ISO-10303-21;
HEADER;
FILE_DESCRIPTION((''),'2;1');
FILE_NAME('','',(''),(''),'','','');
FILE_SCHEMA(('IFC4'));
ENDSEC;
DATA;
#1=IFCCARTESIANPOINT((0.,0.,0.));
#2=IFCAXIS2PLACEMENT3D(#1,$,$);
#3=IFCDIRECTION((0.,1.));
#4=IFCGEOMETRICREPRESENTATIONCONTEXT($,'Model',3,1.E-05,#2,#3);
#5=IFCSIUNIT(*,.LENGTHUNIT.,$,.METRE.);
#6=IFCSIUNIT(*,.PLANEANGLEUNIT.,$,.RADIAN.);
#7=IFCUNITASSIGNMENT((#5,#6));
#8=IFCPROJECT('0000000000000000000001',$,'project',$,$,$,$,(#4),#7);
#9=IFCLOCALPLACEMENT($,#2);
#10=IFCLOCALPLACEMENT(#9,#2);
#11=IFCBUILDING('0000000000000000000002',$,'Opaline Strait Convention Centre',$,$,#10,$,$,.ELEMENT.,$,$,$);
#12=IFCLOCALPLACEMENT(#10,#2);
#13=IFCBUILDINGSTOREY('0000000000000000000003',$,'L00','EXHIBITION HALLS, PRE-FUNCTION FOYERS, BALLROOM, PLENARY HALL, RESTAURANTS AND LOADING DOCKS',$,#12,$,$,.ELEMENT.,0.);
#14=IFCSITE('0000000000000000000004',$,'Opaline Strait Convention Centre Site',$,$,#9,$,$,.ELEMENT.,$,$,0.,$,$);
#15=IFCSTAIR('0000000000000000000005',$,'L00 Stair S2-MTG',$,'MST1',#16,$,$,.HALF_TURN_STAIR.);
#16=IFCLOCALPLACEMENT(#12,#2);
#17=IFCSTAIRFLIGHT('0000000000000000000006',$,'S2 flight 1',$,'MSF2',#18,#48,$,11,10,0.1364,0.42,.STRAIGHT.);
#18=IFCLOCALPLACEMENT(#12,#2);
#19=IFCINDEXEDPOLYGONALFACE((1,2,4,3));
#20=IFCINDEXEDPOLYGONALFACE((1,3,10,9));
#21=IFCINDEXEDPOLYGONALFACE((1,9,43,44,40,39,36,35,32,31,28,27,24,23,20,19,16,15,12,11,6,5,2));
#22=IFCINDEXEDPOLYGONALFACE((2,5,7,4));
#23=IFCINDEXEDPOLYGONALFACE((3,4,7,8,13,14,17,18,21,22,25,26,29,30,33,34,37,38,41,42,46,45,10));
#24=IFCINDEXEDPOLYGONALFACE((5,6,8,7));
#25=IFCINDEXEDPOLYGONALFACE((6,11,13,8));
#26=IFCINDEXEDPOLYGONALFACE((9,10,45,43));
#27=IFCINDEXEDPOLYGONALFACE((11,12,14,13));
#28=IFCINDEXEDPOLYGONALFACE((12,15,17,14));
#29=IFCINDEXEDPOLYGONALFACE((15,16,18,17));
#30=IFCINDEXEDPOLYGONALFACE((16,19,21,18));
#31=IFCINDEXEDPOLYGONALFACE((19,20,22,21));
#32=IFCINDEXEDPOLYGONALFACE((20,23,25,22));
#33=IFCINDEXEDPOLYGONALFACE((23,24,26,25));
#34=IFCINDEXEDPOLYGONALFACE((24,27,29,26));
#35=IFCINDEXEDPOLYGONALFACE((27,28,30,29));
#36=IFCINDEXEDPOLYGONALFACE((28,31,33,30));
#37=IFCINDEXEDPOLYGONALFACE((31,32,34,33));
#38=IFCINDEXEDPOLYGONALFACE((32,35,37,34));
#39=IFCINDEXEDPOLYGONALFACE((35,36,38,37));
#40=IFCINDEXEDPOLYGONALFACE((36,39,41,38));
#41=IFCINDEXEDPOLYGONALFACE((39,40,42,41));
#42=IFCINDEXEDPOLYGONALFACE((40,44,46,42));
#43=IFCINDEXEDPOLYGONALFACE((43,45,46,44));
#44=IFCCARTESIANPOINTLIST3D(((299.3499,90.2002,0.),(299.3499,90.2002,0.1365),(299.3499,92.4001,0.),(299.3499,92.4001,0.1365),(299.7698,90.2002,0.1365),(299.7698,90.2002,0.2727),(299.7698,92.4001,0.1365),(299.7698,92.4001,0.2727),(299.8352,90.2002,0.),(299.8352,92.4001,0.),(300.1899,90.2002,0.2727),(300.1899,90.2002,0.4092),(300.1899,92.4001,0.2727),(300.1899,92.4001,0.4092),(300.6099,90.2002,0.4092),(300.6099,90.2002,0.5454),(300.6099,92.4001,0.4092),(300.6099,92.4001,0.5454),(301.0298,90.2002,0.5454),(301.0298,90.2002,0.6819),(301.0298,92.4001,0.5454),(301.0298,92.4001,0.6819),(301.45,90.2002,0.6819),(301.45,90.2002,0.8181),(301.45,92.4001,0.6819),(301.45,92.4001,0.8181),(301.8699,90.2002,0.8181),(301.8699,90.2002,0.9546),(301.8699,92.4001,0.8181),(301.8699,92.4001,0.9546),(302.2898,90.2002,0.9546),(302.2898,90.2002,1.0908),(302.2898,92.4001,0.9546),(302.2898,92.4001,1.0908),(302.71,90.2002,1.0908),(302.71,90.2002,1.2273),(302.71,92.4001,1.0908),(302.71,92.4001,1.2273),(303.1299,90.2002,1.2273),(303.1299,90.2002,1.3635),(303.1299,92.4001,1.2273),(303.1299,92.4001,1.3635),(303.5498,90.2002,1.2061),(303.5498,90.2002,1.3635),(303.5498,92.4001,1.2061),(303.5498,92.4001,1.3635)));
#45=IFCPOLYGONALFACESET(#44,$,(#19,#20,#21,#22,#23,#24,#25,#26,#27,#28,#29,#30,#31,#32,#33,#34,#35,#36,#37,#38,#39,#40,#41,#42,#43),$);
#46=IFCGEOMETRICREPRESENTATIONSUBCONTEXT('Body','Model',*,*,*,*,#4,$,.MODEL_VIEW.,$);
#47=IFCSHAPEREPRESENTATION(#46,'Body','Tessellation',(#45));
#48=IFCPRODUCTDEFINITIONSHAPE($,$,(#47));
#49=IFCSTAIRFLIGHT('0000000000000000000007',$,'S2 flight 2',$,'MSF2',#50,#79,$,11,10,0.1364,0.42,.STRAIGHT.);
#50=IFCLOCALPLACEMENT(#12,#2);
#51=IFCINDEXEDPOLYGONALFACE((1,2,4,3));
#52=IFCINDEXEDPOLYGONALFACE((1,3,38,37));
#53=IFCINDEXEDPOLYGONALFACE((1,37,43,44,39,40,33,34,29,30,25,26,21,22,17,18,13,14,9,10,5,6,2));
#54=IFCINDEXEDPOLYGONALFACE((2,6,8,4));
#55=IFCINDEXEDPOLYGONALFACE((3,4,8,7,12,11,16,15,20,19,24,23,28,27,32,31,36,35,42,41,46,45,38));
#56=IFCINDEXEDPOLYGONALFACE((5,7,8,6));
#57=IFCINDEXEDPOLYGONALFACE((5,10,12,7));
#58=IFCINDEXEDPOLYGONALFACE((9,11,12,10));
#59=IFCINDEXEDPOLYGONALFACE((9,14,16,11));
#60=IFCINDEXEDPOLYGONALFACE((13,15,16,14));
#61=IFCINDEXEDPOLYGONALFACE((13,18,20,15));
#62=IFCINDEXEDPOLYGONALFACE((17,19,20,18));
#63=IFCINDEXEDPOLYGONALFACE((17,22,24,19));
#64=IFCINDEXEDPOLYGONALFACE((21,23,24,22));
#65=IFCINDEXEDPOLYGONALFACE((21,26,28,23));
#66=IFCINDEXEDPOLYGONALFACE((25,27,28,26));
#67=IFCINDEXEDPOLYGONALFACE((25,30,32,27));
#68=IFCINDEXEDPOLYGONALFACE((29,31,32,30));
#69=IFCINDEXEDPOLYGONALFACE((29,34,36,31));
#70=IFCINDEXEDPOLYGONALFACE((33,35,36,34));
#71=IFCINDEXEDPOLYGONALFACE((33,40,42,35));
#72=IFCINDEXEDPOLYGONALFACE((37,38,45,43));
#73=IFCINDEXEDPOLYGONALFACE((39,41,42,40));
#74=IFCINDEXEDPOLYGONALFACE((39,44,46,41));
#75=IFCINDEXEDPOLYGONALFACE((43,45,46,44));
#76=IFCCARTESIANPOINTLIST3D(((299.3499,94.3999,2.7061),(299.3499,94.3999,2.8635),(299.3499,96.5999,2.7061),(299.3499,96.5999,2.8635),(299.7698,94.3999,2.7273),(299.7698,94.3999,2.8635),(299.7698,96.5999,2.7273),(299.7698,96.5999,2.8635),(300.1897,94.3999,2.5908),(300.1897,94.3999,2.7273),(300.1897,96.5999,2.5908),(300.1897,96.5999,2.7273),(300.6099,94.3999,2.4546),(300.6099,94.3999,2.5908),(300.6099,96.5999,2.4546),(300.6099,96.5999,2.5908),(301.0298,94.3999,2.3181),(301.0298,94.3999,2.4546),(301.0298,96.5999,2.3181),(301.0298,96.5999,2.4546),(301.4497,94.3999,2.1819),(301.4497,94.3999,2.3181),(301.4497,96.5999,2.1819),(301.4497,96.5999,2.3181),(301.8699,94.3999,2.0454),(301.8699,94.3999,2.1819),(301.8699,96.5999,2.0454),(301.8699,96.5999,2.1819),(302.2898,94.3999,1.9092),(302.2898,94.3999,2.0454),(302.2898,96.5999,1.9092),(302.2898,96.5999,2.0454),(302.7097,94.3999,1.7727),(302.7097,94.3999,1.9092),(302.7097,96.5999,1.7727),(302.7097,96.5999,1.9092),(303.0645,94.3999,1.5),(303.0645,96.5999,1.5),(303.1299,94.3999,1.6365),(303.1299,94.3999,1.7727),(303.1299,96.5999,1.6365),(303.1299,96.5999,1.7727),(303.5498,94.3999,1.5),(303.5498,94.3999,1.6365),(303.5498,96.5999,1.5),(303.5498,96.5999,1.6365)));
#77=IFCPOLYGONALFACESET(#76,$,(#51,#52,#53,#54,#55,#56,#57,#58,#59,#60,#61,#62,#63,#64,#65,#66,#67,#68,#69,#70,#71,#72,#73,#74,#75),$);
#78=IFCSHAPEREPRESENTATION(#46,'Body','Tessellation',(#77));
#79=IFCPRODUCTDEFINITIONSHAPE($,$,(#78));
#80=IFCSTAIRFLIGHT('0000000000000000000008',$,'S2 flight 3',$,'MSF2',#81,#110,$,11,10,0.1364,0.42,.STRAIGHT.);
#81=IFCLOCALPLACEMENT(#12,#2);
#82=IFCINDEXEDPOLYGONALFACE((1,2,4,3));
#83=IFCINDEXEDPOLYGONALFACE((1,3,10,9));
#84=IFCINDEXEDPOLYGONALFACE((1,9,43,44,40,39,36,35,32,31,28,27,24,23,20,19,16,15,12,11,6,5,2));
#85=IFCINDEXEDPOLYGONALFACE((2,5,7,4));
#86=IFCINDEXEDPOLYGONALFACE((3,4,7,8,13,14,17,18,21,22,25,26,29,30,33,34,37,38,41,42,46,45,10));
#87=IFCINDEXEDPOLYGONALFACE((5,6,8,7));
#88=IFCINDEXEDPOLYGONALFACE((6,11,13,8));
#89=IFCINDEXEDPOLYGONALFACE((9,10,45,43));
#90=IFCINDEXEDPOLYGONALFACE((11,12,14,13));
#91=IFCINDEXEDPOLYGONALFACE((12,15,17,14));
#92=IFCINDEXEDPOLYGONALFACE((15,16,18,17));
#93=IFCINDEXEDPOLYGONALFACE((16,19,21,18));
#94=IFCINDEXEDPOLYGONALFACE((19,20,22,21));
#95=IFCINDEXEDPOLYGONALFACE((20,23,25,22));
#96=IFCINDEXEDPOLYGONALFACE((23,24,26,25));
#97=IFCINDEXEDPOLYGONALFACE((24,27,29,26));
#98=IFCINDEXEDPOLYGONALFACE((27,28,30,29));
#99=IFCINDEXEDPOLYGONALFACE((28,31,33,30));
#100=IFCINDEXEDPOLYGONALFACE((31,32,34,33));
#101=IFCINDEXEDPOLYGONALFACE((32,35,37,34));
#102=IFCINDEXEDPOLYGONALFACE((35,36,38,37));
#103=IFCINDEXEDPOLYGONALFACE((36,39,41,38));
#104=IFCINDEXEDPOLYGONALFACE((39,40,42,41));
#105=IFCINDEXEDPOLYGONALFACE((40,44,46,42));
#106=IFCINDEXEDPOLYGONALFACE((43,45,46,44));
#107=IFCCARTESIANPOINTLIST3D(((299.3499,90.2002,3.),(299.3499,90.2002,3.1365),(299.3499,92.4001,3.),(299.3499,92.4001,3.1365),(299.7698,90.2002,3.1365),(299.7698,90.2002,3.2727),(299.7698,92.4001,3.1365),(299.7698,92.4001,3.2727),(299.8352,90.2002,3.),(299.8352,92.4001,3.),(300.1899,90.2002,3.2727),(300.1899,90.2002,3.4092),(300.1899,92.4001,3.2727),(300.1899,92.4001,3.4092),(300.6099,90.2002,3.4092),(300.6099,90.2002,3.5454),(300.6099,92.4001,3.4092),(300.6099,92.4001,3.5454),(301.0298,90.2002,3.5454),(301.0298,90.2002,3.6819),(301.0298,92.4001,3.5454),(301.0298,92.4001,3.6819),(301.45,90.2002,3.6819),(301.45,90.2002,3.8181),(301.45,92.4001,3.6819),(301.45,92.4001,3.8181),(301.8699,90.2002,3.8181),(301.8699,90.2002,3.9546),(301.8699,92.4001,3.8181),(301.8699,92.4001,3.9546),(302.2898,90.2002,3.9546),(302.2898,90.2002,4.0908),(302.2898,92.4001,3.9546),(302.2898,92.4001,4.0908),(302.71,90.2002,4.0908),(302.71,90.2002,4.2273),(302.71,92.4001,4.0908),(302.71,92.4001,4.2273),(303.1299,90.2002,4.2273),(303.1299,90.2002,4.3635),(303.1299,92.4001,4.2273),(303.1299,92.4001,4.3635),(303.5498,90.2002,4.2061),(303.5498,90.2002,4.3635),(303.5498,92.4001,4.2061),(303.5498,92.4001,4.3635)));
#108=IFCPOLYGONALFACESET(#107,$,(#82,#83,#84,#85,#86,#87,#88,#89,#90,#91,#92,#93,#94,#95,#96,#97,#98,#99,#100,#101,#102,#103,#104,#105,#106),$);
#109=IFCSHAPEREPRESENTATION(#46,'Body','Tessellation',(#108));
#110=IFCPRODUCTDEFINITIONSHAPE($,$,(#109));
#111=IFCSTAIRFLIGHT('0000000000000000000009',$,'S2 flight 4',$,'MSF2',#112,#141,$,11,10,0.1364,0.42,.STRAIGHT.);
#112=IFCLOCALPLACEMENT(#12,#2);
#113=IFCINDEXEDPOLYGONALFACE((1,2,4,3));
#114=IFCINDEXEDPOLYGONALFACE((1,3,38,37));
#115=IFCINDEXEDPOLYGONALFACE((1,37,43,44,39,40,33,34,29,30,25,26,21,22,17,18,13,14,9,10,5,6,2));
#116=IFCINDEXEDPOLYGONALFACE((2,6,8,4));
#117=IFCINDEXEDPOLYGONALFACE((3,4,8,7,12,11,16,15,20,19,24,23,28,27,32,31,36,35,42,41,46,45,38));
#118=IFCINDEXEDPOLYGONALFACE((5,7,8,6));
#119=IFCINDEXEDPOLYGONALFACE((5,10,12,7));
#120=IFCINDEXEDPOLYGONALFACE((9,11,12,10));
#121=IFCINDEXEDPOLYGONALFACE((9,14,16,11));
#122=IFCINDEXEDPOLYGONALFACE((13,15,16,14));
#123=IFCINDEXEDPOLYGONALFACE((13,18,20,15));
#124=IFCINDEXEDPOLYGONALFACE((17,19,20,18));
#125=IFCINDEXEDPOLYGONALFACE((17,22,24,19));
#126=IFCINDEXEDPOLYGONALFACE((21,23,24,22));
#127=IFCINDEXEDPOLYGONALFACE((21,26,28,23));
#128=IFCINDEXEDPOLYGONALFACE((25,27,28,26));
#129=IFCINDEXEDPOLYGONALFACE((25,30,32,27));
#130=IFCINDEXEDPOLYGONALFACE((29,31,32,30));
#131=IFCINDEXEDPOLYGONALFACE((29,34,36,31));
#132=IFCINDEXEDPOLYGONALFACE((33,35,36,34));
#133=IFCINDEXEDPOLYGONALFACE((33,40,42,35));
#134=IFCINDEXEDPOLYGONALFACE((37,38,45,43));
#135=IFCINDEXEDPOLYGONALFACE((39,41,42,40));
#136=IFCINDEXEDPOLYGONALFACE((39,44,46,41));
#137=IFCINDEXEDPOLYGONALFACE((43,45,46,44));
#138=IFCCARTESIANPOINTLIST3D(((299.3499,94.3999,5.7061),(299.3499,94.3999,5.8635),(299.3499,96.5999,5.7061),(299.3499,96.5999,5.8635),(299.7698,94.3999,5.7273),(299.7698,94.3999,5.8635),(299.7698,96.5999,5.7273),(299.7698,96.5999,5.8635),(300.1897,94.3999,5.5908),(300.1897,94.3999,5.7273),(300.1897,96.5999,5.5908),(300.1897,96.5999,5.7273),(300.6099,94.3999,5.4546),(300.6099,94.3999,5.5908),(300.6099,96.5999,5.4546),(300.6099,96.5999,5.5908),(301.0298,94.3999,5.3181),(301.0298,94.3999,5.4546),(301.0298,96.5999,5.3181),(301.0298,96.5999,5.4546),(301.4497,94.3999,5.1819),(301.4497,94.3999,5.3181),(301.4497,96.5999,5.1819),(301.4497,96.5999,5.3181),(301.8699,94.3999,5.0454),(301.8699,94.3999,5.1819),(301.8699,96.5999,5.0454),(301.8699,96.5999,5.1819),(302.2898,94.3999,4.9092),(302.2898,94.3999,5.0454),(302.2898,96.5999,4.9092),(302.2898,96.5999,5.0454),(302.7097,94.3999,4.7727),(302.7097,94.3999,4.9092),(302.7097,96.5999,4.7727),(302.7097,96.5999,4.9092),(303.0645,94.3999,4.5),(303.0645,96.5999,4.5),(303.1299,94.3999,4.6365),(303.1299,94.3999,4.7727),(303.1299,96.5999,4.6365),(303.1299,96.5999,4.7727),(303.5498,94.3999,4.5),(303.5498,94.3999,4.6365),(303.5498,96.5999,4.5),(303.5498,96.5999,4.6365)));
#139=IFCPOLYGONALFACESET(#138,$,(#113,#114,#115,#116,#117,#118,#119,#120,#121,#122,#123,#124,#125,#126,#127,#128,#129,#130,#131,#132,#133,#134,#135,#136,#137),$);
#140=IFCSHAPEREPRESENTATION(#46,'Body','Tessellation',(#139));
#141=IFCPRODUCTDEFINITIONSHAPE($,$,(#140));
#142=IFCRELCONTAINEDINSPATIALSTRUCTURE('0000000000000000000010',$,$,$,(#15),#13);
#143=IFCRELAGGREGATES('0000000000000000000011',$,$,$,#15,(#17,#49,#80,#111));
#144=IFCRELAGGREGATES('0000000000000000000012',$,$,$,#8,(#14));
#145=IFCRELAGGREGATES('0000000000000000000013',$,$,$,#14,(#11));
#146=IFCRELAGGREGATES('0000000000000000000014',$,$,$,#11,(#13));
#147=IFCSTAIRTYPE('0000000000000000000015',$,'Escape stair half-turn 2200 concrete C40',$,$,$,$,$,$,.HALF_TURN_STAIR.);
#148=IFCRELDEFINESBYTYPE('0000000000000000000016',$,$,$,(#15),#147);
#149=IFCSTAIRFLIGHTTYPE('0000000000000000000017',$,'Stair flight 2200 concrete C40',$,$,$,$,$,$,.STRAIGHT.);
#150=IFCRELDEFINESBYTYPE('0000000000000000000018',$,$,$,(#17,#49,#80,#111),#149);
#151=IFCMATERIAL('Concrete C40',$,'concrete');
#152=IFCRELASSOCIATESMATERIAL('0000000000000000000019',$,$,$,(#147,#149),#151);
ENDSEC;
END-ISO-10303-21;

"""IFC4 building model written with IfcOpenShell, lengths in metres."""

from ifc_helpers import new_model, si_unit, direction, frame, origin, place, context, subcontext, project, spatial, polyline, outline, extrude, material, type_object, element, aggregate, save


model = new_model("IFC4")

# Units and contexts
model_context = context("Model", 3, precision=1e-05, world=origin(), true_north=direction((0.0, 1.0)))
body_context = subcontext(model_context, "Body", "Model", "MODEL_VIEW")
ifc_project = project(units=[si_unit("LENGTHUNIT", "METRE"), si_unit("PLANEANGLEUNIT", "RADIAN")], contexts=[model_context])

# Site, building, storey
site_placement = place(None, origin())
site = spatial("IfcSite", under=ifc_project, at=site_placement, Name="Opaline Strait Convention Centre Site", CompositionType="ELEMENT", RefElevation=0.0)
building_placement = place(site_placement, origin())
building = spatial("IfcBuilding", under=site, at=building_placement, Name="Opaline Strait Convention Centre", CompositionType="ELEMENT")
storey_placement = place(building_placement, origin())
storey = spatial("IfcBuildingStorey", under=building, at=storey_placement, Name="L00", Description="EXHIBITION HALLS, PRE-FUNCTION FOYERS, BALLROOM, PLENARY HALL, RESTAURANTS AND LOADING DOCKS", CompositionType="ELEMENT", Elevation=0.0)

# Shared definitions
ifc_material_1 = material(Name="Concrete C40", Category="concrete")

# Stair, stair flights
stair_type = type_object("IfcStairType", Name="Escape stair half-turn 2200 concrete C40", PredefinedType="HALF_TURN_STAIR", material=ifc_material_1)
stair_placement = place(storey_placement, origin())
stair = element("IfcStair", 1, at=stair_placement, inside=storey, type_object=stair_type, Name="L00 Stair S2-MTG", ObjectType="MST1", PredefinedType="HALF_TURN_STAIR")
stair_flight_type = type_object("IfcStairFlightType", Name="Stair flight 2200 concrete C40", PredefinedType="STRAIGHT", material=ifc_material_1)
stair_flight_1_placement = place(storey_placement, frame((299.3499, 91.3, 0.0), z_axis=(0.0, 0.0, 1.0), x_axis=(1.0, 0.0, 0.0)))
stair_flight_1 = element("IfcStairFlight", 2, at=stair_flight_1_placement, type_object=stair_flight_type, Name="S2 flight 1", ObjectType="MSF2", NumberOfRisers=11, NumberOfTreads=10, PredefinedType="STRAIGHT", RiserHeight=0.1364, TreadLength=0.42, context=body_context, shape_type="SweptSolid", body=[
    extrude(outline(polyline([(0.0, 0.0), (0.0, 0.1365), (0.4199, 0.1365), (0.4199, 0.2727), (0.8401, 0.2727), (0.8401, 0.4092), (1.26, 0.4092), (1.26, 0.5454), (1.6799, 0.5454), (1.6799, 0.6819), (2.1001, 0.6819), (2.1001, 0.8181), (2.52, 0.8181), (2.52, 0.9546), (2.9399, 0.9546), (2.9399, 1.0908), (3.3601, 1.0908), (3.3601, 1.2273), (3.78, 1.2273), (3.78, 1.3635), (4.2, 1.3635), (4.2, 1.5), (4.2, 1.2061), (0.4854, 0.0), (0.0, 0.0)])), frame((0.0, 1.1001, 0.0), z_axis=(0.0, -1.0, 0.0), x_axis=(1.0, 0.0, 0.0)), (0.0, 0.0, 1.0), 2.2),
])
stair_flight_2_placement = place(storey_placement, frame((303.5498, 95.5, 1.5), z_axis=(0.0, 0.0, 1.0), x_axis=(-1.0, 0.0, 0.0)))
stair_flight_2 = element("IfcStairFlight", 3, at=stair_flight_2_placement, type_object=stair_flight_type, Name="S2 flight 2", ObjectType="MSF2", NumberOfRisers=11, NumberOfTreads=10, PredefinedType="STRAIGHT", RiserHeight=0.1364, TreadLength=0.42, context=body_context, shape_type="SweptSolid", body=[
    extrude(outline(polyline([(0.0, 0.0), (0.0, 0.1365), (0.4199, 0.1365), (0.4199, 0.2727), (0.8401, 0.2727), (0.8401, 0.4092), (1.26, 0.4092), (1.26, 0.5454), (1.6799, 0.5454), (1.6799, 0.6819), (2.1001, 0.6819), (2.1001, 0.8181), (2.52, 0.8181), (2.52, 0.9546), (2.9399, 0.9546), (2.9399, 1.0908), (3.3601, 1.0908), (3.3601, 1.2273), (3.78, 1.2273), (3.78, 1.3635), (4.2, 1.3635), (4.2, 1.5), (4.2, 1.2061), (0.4854, 0.0), (0.0, 0.0)])), frame((0.0, 1.1001, 0.0), z_axis=(0.0, -1.0, 0.0), x_axis=(1.0, 0.0, 0.0)), (0.0, 0.0, 1.0), 2.2),
])
stair_flight_3_placement = place(storey_placement, frame((299.3499, 91.3, 3.0), z_axis=(0.0, 0.0, 1.0), x_axis=(1.0, 0.0, 0.0)))
stair_flight_3 = element("IfcStairFlight", 4, at=stair_flight_3_placement, type_object=stair_flight_type, Name="S2 flight 3", ObjectType="MSF2", NumberOfRisers=11, NumberOfTreads=10, PredefinedType="STRAIGHT", RiserHeight=0.1364, TreadLength=0.42, context=body_context, shape_type="SweptSolid", body=[
    extrude(outline(polyline([(0.0, 0.0), (0.0, 0.1365), (0.4199, 0.1365), (0.4199, 0.2727), (0.8401, 0.2727), (0.8401, 0.4092), (1.26, 0.4092), (1.26, 0.5454), (1.6799, 0.5454), (1.6799, 0.6819), (2.1001, 0.6819), (2.1001, 0.8181), (2.52, 0.8181), (2.52, 0.9546), (2.9399, 0.9546), (2.9399, 1.0908), (3.3601, 1.0908), (3.3601, 1.2273), (3.78, 1.2273), (3.78, 1.3635), (4.2, 1.3635), (4.2, 1.5), (4.2, 1.2061), (0.4854, 0.0), (0.0, 0.0)])), frame((0.0, 1.1001, 0.0), z_axis=(0.0, -1.0, 0.0), x_axis=(1.0, 0.0, 0.0)), (0.0, 0.0, 1.0), 2.2),
])
stair_flight_4_placement = place(storey_placement, frame((303.5498, 95.5, 4.5), z_axis=(0.0, 0.0, 1.0), x_axis=(-1.0, 0.0, 0.0)))
stair_flight_4 = element("IfcStairFlight", 5, at=stair_flight_4_placement, type_object=stair_flight_type, Name="S2 flight 4", ObjectType="MSF2", NumberOfRisers=11, NumberOfTreads=10, PredefinedType="STRAIGHT", RiserHeight=0.1364, TreadLength=0.42, context=body_context, shape_type="SweptSolid", body=[
    extrude(outline(polyline([(0.0, 0.0), (0.0, 0.1365), (0.4199, 0.1365), (0.4199, 0.2727), (0.8401, 0.2727), (0.8401, 0.4092), (1.26, 0.4092), (1.26, 0.5454), (1.6799, 0.5454), (1.6799, 0.6819), (2.1001, 0.6819), (2.1001, 0.8181), (2.52, 0.8181), (2.52, 0.9546), (2.9399, 0.9546), (2.9399, 1.0908), (3.3601, 1.0908), (3.3601, 1.2273), (3.78, 1.2273), (3.78, 1.3635), (4.2, 1.3635), (4.2, 1.5), (4.2, 1.2061), (0.4854, 0.0), (0.0, 0.0)])), frame((0.0, 1.1001, 0.0), z_axis=(0.0, -1.0, 0.0), x_axis=(1.0, 0.0, 0.0)), (0.0, 0.0, 1.0), 2.2),
])
aggregate(stair, [stair_flight_1, stair_flight_2, stair_flight_3, stair_flight_4])

save(model, "model.ifc")
